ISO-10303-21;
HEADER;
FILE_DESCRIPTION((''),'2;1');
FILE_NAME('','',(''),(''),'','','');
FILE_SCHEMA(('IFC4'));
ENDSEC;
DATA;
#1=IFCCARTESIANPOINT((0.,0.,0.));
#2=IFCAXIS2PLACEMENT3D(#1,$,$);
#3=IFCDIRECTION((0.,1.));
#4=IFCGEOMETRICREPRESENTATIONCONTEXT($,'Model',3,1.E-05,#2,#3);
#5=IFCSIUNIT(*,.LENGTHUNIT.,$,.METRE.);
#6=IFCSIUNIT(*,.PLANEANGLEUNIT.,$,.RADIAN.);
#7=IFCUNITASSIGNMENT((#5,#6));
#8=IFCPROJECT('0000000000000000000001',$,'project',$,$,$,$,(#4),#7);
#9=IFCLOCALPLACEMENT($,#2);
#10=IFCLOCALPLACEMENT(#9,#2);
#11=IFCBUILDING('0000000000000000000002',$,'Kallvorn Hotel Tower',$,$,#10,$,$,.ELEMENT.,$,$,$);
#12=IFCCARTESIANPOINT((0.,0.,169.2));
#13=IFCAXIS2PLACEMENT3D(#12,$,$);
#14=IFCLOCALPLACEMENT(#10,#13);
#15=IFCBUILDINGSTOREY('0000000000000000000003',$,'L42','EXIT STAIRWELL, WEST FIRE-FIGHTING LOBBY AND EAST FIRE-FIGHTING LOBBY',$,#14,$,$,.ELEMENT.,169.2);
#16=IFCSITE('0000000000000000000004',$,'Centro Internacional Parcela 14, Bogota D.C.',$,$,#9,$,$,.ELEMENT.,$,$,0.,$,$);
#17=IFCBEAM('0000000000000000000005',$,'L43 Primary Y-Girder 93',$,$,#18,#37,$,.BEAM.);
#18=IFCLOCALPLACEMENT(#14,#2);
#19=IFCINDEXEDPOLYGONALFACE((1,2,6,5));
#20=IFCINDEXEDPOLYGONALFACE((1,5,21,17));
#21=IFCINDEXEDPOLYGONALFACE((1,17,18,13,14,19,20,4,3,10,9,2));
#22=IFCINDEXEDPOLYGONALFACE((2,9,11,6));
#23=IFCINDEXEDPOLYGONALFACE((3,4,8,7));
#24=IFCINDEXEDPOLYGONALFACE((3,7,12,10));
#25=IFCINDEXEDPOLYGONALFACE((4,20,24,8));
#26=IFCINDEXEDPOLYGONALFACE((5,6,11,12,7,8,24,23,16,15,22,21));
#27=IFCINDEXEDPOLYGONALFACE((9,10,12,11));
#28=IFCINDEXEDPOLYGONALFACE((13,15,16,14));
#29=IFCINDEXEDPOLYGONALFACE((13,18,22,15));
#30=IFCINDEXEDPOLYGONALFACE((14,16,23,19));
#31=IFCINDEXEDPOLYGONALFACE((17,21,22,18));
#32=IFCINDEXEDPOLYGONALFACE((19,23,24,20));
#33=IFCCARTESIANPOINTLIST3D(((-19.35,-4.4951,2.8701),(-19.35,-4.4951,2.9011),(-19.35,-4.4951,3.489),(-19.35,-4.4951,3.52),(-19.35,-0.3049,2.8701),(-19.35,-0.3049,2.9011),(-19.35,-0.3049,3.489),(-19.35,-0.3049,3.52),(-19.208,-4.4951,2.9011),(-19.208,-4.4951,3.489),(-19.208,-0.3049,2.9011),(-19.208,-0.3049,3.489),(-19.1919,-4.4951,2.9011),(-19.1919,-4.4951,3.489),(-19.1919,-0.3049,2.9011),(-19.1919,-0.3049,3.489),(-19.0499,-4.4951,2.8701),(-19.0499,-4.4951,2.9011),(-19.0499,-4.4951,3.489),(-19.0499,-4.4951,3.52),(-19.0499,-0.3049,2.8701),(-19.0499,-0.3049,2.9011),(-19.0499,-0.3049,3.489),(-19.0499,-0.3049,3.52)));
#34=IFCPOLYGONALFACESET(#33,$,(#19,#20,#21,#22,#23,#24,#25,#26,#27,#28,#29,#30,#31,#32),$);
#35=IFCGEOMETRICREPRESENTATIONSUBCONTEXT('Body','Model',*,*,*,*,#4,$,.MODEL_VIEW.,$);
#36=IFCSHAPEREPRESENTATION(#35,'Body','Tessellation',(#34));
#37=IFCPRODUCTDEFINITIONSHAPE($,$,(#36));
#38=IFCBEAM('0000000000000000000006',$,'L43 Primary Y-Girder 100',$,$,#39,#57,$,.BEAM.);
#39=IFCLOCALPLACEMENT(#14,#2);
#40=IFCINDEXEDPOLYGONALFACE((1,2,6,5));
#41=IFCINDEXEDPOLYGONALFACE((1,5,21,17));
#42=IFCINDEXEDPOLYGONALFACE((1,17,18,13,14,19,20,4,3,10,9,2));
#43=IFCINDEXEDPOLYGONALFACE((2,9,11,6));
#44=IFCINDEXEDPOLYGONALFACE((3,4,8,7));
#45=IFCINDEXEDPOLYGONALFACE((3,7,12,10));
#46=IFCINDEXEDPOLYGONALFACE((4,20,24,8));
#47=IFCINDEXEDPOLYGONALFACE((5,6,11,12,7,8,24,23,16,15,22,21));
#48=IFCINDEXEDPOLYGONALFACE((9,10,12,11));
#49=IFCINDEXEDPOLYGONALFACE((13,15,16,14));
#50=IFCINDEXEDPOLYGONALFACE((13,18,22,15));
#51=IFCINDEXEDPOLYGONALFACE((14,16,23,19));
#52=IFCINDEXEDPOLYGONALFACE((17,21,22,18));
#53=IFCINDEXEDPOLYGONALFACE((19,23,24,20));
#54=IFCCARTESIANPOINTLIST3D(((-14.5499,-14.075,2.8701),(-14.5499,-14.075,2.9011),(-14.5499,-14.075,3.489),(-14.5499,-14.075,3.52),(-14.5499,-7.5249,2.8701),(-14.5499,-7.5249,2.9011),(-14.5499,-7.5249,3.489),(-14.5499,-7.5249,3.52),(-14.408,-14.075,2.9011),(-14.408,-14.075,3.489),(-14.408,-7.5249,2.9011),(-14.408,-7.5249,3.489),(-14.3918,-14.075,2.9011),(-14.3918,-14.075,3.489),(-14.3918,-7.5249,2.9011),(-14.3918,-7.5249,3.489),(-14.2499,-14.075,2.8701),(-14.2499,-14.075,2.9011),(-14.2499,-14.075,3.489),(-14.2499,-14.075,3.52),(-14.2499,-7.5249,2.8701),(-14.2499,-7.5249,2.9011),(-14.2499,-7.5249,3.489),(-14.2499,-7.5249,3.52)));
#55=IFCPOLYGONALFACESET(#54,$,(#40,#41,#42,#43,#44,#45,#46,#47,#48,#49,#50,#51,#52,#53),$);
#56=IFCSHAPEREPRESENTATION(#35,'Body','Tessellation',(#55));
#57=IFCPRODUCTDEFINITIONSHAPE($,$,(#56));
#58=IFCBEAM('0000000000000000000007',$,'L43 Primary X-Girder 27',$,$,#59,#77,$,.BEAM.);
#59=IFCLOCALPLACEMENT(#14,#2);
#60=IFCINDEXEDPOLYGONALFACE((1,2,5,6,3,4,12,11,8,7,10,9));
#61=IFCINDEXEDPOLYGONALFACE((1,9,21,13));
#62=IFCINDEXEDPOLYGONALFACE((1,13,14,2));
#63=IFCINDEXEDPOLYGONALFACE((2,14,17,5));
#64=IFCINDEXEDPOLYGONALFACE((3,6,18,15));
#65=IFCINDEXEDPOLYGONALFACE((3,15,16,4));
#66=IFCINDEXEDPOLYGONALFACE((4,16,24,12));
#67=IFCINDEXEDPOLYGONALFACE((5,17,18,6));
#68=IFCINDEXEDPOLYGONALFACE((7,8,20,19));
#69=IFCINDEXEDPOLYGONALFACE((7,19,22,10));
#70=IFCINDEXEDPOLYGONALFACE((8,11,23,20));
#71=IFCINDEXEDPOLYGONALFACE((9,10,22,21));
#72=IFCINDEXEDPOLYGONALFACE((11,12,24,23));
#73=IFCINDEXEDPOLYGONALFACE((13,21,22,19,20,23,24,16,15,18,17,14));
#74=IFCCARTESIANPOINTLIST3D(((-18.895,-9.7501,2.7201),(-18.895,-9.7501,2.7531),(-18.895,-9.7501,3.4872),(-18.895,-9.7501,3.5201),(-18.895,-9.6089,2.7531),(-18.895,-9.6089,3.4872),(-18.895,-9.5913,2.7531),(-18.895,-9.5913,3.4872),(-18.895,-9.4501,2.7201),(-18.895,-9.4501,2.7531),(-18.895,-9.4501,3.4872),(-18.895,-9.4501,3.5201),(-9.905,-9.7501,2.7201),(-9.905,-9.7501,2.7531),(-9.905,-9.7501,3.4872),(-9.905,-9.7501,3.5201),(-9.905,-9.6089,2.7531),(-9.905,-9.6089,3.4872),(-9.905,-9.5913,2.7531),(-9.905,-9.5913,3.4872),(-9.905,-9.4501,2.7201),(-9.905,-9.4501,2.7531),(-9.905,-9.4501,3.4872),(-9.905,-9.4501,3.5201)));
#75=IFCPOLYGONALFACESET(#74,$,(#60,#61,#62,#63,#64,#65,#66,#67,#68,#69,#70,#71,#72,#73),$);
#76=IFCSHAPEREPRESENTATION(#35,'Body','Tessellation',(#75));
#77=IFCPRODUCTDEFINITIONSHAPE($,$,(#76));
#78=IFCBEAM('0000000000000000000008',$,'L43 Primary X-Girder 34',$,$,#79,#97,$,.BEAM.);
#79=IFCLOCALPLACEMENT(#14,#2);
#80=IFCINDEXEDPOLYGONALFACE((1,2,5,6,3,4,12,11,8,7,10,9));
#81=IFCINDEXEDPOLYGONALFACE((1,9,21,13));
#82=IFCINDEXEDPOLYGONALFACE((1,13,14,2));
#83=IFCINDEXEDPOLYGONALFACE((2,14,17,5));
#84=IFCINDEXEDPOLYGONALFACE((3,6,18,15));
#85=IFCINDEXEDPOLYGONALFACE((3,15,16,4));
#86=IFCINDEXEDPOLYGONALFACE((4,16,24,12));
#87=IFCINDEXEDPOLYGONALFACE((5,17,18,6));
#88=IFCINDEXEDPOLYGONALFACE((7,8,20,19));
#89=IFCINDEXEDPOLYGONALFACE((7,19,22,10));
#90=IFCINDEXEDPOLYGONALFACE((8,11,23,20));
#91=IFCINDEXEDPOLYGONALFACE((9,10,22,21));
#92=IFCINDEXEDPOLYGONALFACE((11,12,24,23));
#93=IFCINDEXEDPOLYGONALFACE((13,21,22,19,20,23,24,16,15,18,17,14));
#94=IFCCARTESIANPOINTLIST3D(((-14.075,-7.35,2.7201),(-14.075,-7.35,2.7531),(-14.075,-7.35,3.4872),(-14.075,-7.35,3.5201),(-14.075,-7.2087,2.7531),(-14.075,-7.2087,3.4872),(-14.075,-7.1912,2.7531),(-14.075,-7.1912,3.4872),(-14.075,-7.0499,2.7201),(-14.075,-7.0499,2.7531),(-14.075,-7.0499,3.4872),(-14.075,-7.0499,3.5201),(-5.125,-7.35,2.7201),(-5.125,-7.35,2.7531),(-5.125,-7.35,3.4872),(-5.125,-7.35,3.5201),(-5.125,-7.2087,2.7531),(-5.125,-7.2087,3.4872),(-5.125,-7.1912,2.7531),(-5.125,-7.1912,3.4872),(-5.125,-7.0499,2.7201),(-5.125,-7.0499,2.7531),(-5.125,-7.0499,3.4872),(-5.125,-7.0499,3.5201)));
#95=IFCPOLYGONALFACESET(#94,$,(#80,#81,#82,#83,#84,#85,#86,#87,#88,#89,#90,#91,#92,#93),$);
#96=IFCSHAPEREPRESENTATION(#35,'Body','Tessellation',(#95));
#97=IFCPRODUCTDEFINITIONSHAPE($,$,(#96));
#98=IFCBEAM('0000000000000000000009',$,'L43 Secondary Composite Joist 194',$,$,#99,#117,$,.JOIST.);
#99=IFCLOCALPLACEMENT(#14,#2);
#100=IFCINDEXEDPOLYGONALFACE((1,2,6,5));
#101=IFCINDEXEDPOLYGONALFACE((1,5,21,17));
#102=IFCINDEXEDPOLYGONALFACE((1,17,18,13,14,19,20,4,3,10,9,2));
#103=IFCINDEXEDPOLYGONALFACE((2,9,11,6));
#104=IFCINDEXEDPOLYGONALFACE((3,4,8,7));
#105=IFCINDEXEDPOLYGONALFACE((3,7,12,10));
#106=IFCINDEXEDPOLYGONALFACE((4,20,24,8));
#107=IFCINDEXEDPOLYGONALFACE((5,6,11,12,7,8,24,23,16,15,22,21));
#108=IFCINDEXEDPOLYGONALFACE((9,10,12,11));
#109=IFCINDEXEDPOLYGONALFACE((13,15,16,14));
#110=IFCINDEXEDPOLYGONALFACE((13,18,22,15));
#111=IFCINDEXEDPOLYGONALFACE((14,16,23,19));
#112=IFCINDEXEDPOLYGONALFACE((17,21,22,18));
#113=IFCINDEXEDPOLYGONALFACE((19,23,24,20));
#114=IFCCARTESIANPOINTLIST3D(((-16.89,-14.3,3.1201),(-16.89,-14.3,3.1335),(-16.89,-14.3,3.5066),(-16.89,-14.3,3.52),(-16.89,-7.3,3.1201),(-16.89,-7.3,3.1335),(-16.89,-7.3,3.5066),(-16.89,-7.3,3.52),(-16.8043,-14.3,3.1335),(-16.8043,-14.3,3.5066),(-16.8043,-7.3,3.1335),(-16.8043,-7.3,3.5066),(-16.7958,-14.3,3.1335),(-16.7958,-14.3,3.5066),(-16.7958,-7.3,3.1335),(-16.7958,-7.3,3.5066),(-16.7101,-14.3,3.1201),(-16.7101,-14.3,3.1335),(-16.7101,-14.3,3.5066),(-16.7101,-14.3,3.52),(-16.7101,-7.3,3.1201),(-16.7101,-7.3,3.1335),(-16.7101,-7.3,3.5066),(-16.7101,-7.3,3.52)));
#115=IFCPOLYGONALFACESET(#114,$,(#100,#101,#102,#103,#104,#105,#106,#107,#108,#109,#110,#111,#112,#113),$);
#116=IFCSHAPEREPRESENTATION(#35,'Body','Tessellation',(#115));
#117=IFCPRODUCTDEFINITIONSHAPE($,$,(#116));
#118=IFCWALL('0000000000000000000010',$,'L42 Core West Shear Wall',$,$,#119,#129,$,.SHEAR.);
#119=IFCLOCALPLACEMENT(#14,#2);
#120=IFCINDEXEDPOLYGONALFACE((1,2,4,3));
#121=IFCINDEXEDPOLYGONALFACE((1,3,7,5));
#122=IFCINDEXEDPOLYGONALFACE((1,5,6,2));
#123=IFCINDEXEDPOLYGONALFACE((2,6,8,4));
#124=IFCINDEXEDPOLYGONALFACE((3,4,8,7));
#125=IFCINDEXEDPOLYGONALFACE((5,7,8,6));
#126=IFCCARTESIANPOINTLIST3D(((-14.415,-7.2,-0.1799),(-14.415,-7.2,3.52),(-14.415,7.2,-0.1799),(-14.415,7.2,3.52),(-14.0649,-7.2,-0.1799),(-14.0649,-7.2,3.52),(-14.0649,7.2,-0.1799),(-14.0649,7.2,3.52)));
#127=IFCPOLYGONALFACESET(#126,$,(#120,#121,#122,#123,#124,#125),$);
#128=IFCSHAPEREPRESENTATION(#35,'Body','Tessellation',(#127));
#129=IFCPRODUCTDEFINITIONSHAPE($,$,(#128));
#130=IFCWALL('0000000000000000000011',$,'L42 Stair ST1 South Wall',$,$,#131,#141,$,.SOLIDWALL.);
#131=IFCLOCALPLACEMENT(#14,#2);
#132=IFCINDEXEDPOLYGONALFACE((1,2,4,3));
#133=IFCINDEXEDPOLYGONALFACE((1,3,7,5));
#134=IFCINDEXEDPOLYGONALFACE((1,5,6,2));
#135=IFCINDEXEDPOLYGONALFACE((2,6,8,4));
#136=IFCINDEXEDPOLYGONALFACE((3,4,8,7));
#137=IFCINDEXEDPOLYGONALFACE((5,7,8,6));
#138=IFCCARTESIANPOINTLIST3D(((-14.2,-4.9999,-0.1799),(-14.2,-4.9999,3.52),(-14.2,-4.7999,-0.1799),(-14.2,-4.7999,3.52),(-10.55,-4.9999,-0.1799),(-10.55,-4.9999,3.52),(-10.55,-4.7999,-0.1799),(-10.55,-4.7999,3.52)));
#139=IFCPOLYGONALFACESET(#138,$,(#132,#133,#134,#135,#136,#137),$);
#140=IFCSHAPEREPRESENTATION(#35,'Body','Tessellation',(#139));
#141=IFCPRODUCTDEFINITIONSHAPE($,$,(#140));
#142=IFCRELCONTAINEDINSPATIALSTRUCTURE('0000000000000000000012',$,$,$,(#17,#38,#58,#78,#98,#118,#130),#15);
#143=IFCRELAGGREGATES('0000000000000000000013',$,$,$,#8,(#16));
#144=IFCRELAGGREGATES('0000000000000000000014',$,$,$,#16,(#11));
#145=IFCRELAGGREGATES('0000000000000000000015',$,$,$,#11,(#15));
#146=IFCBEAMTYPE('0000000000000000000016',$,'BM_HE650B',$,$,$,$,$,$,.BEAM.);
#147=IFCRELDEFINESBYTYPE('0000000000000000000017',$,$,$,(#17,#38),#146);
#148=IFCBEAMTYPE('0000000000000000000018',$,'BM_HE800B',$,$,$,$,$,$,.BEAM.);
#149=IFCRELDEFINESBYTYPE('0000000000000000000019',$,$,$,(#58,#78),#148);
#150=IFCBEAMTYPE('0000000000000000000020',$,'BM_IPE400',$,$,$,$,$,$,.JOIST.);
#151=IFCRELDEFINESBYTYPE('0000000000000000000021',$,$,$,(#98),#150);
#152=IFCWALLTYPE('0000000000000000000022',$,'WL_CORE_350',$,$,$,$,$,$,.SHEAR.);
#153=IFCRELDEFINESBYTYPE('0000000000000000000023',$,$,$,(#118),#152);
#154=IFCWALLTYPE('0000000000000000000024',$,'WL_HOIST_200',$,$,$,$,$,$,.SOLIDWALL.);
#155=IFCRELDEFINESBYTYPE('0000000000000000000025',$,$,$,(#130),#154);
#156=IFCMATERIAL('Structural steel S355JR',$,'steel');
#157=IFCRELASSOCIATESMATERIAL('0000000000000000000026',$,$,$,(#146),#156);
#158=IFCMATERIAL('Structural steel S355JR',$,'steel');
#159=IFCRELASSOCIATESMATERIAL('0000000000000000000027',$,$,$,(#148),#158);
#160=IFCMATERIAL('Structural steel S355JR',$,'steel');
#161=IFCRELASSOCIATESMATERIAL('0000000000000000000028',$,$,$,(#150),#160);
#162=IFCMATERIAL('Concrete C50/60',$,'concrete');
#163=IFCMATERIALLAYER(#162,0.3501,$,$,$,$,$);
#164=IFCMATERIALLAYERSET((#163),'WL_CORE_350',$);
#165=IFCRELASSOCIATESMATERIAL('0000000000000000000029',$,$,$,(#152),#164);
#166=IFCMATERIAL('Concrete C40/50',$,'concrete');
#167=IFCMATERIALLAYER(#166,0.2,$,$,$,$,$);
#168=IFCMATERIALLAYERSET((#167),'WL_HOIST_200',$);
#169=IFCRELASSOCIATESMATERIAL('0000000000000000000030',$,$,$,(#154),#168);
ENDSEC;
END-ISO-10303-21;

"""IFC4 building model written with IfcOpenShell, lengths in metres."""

from ifc_helpers import new_model, si_unit, direction, frame, frame_2d, origin, origin_2d, place, context, subcontext, project, spatial, rectangle, i_section, extrude, material, layer, layer_set, material_profile, profile_set, type_object, element, save


model = new_model("IFC4")

# Units and contexts
model_context = context("Model", 3, precision=1e-05, world=origin(), true_north=direction((0.0, 1.0)))
body_context = subcontext(model_context, "Body", "Model", "MODEL_VIEW")
ifc_project = project(units=[si_unit("LENGTHUNIT", "METRE"), si_unit("PLANEANGLEUNIT", "RADIAN")], contexts=[model_context])

# Site, building, storey
site_placement = place(None, origin())
site = spatial("IfcSite", under=ifc_project, at=site_placement, Name="Centro Internacional Parcela 14, Bogota D.C.", CompositionType="ELEMENT", RefElevation=0.0)
building_placement = place(site_placement, origin())
building = spatial("IfcBuilding", under=site, at=building_placement, Name="Kallvorn Hotel Tower", CompositionType="ELEMENT")
storey_placement = place(building_placement, frame((0.0, 0.0, 169.2)))
storey = spatial("IfcBuildingStorey", under=building, at=storey_placement, Name="L42", Description="EXIT STAIRWELL, WEST FIRE-FIGHTING LOBBY AND EAST FIRE-FIGHTING LOBBY", CompositionType="ELEMENT", Elevation=169.2)

# Beams
ifc_material_1 = material(Name="Structural steel S355JR", Category="steel")
ifc_material_profile_1 = material_profile(ifc_material_1, i_section(OverallWidth=0.3, OverallDepth=0.6499, WebThickness=0.0161, FlangeThickness=0.031, at=origin_2d()), Name="HE 650 B")
ifc_profile_set_1 = profile_set([ifc_material_profile_1], Name="Structural steel S355JR")
beam_type_1 = type_object("IfcBeamType", Name="BM_HE650B", PredefinedType="BEAM", material=ifc_profile_set_1)
beam_1_placement = place(storey_placement, frame((-19.2, -4.4951, 3.1951), z_axis=(0.0, 1.0, 0.0), x_axis=(-1.0, 0.0, 0.0)))
element("IfcBeam", 1, at=beam_1_placement, inside=storey, type_object=beam_type_1, Name="L43 Primary Y-Girder 93", PredefinedType="BEAM", context=body_context, shape_type="SweptSolid", body=[
    extrude(i_section(OverallWidth=0.3, OverallDepth=0.6499, WebThickness=0.0161, FlangeThickness=0.031, at=origin_2d()), origin(), (0.0, 0.0, 1.0), 4.1902),
])
beam_2_placement = place(storey_placement, frame((-14.3999, -14.075, 3.1951), z_axis=(0.0, 1.0, 0.0), x_axis=(-1.0, 0.0, 0.0)))
element("IfcBeam", 2, at=beam_2_placement, inside=storey, type_object=beam_type_1, Name="L43 Primary Y-Girder 100", PredefinedType="BEAM", context=body_context, shape_type="SweptSolid", body=[
    extrude(i_section(OverallWidth=0.3, OverallDepth=0.6499, WebThickness=0.0161, FlangeThickness=0.031, at=origin_2d()), origin(), (0.0, 0.0, 1.0), 6.55),
])
ifc_material_2 = material(Name="Structural steel S355JR", Category="steel")
ifc_material_profile_2 = material_profile(ifc_material_2, i_section(OverallWidth=0.3, OverallDepth=0.8, WebThickness=0.0176, FlangeThickness=0.033, at=origin_2d()), Name="HE 800 B")
ifc_profile_set_2 = profile_set([ifc_material_profile_2], Name="Structural steel S355JR")
beam_type_2 = type_object("IfcBeamType", Name="BM_HE800B", PredefinedType="BEAM", material=ifc_profile_set_2)
beam_3_placement = place(storey_placement, frame((-18.895, -9.6001, 3.1201), z_axis=(1.0, 0.0, 0.0), x_axis=(0.0, 1.0, 0.0)))
element("IfcBeam", 3, at=beam_3_placement, inside=storey, type_object=beam_type_2, Name="L43 Primary X-Girder 27", PredefinedType="BEAM", context=body_context, shape_type="SweptSolid", body=[
    extrude(i_section(OverallWidth=0.3, OverallDepth=0.8, WebThickness=0.0176, FlangeThickness=0.033, at=origin_2d()), origin(), (0.0, 0.0, 1.0), 8.99),
])
beam_4_placement = place(storey_placement, frame((-14.075, -7.2, 3.1201), z_axis=(1.0, 0.0, 0.0), x_axis=(0.0, 1.0, 0.0)))
element("IfcBeam", 4, at=beam_4_placement, inside=storey, type_object=beam_type_2, Name="L43 Primary X-Girder 34", PredefinedType="BEAM", context=body_context, shape_type="SweptSolid", body=[
    extrude(i_section(OverallWidth=0.3, OverallDepth=0.8, WebThickness=0.0176, FlangeThickness=0.033, at=origin_2d()), origin(), (0.0, 0.0, 1.0), 8.95),
])
ifc_material_3 = material(Name="Structural steel S355JR", Category="steel")
ifc_material_profile_3 = material_profile(ifc_material_3, i_section(OverallWidth=0.1799, OverallDepth=0.3999, WebThickness=0.0085, FlangeThickness=0.0134, at=origin_2d()), Name="IPE 400")
ifc_profile_set_3 = profile_set([ifc_material_profile_3], Name="Structural steel S355JR")
beam_type_3 = type_object("IfcBeamType", Name="BM_IPE400", PredefinedType="JOIST", material=ifc_profile_set_3)
beam_5_placement = place(storey_placement, frame((-16.8, -14.3, 3.3201), z_axis=(0.0, 1.0, 0.0), x_axis=(-1.0, 0.0, 0.0)))
element("IfcBeam", 5, at=beam_5_placement, inside=storey, type_object=beam_type_3, Name="L43 Secondary Composite Joist 194", PredefinedType="JOIST", context=body_context, shape_type="SweptSolid", body=[
    extrude(i_section(OverallWidth=0.1799, OverallDepth=0.3999, WebThickness=0.0085, FlangeThickness=0.0134, at=origin_2d()), origin(), (0.0, 0.0, 1.0), 7.0),
])

# Walls
ifc_material_4 = material(Name="Concrete C50/60", Category="concrete")
ifc_layer_1 = layer(ifc_material_4, 0.3501)
ifc_layer_set_1 = layer_set([ifc_layer_1], Name="WL_CORE_350")
wall_type_1 = type_object("IfcWallType", Name="WL_CORE_350", PredefinedType="SHEAR", material=ifc_layer_set_1)
wall_1_placement = place(storey_placement, frame((-14.24, -7.2, -0.1799), z_axis=(0.0, 0.0, 1.0), x_axis=(0.0, 1.0, 0.0)))
element("IfcWall", 6, at=wall_1_placement, inside=storey, type_object=wall_type_1, Name="L42 Core West Shear Wall", PredefinedType="SHEAR", context=body_context, shape_type="SweptSolid", body=[
    extrude(rectangle(XDim=14.3999, YDim=0.3501, at=frame_2d((7.2, 0.0))), origin(), (0.0, 0.0, 1.0), 3.7),
])
ifc_material_5 = material(Name="Concrete C40/50", Category="concrete")
ifc_layer_2 = layer(ifc_material_5, 0.2)
ifc_layer_set_2 = layer_set([ifc_layer_2], Name="WL_HOIST_200")
wall_type_2 = type_object("IfcWallType", Name="WL_HOIST_200", PredefinedType="SOLIDWALL", material=ifc_layer_set_2)
wall_2_placement = place(storey_placement, frame((-14.2, -4.8999, -0.1799), z_axis=(0.0, 0.0, 1.0), x_axis=(1.0, 0.0, 0.0)))
element("IfcWall", 7, at=wall_2_placement, inside=storey, type_object=wall_type_2, Name="L42 Stair ST1 South Wall", PredefinedType="SOLIDWALL", context=body_context, shape_type="SweptSolid", body=[
    extrude(rectangle(XDim=3.6499, YDim=0.2, at=frame_2d((1.825, 0.0))), origin(), (0.0, 0.0, 1.0), 3.7),
])

save(model, "model.ifc")
